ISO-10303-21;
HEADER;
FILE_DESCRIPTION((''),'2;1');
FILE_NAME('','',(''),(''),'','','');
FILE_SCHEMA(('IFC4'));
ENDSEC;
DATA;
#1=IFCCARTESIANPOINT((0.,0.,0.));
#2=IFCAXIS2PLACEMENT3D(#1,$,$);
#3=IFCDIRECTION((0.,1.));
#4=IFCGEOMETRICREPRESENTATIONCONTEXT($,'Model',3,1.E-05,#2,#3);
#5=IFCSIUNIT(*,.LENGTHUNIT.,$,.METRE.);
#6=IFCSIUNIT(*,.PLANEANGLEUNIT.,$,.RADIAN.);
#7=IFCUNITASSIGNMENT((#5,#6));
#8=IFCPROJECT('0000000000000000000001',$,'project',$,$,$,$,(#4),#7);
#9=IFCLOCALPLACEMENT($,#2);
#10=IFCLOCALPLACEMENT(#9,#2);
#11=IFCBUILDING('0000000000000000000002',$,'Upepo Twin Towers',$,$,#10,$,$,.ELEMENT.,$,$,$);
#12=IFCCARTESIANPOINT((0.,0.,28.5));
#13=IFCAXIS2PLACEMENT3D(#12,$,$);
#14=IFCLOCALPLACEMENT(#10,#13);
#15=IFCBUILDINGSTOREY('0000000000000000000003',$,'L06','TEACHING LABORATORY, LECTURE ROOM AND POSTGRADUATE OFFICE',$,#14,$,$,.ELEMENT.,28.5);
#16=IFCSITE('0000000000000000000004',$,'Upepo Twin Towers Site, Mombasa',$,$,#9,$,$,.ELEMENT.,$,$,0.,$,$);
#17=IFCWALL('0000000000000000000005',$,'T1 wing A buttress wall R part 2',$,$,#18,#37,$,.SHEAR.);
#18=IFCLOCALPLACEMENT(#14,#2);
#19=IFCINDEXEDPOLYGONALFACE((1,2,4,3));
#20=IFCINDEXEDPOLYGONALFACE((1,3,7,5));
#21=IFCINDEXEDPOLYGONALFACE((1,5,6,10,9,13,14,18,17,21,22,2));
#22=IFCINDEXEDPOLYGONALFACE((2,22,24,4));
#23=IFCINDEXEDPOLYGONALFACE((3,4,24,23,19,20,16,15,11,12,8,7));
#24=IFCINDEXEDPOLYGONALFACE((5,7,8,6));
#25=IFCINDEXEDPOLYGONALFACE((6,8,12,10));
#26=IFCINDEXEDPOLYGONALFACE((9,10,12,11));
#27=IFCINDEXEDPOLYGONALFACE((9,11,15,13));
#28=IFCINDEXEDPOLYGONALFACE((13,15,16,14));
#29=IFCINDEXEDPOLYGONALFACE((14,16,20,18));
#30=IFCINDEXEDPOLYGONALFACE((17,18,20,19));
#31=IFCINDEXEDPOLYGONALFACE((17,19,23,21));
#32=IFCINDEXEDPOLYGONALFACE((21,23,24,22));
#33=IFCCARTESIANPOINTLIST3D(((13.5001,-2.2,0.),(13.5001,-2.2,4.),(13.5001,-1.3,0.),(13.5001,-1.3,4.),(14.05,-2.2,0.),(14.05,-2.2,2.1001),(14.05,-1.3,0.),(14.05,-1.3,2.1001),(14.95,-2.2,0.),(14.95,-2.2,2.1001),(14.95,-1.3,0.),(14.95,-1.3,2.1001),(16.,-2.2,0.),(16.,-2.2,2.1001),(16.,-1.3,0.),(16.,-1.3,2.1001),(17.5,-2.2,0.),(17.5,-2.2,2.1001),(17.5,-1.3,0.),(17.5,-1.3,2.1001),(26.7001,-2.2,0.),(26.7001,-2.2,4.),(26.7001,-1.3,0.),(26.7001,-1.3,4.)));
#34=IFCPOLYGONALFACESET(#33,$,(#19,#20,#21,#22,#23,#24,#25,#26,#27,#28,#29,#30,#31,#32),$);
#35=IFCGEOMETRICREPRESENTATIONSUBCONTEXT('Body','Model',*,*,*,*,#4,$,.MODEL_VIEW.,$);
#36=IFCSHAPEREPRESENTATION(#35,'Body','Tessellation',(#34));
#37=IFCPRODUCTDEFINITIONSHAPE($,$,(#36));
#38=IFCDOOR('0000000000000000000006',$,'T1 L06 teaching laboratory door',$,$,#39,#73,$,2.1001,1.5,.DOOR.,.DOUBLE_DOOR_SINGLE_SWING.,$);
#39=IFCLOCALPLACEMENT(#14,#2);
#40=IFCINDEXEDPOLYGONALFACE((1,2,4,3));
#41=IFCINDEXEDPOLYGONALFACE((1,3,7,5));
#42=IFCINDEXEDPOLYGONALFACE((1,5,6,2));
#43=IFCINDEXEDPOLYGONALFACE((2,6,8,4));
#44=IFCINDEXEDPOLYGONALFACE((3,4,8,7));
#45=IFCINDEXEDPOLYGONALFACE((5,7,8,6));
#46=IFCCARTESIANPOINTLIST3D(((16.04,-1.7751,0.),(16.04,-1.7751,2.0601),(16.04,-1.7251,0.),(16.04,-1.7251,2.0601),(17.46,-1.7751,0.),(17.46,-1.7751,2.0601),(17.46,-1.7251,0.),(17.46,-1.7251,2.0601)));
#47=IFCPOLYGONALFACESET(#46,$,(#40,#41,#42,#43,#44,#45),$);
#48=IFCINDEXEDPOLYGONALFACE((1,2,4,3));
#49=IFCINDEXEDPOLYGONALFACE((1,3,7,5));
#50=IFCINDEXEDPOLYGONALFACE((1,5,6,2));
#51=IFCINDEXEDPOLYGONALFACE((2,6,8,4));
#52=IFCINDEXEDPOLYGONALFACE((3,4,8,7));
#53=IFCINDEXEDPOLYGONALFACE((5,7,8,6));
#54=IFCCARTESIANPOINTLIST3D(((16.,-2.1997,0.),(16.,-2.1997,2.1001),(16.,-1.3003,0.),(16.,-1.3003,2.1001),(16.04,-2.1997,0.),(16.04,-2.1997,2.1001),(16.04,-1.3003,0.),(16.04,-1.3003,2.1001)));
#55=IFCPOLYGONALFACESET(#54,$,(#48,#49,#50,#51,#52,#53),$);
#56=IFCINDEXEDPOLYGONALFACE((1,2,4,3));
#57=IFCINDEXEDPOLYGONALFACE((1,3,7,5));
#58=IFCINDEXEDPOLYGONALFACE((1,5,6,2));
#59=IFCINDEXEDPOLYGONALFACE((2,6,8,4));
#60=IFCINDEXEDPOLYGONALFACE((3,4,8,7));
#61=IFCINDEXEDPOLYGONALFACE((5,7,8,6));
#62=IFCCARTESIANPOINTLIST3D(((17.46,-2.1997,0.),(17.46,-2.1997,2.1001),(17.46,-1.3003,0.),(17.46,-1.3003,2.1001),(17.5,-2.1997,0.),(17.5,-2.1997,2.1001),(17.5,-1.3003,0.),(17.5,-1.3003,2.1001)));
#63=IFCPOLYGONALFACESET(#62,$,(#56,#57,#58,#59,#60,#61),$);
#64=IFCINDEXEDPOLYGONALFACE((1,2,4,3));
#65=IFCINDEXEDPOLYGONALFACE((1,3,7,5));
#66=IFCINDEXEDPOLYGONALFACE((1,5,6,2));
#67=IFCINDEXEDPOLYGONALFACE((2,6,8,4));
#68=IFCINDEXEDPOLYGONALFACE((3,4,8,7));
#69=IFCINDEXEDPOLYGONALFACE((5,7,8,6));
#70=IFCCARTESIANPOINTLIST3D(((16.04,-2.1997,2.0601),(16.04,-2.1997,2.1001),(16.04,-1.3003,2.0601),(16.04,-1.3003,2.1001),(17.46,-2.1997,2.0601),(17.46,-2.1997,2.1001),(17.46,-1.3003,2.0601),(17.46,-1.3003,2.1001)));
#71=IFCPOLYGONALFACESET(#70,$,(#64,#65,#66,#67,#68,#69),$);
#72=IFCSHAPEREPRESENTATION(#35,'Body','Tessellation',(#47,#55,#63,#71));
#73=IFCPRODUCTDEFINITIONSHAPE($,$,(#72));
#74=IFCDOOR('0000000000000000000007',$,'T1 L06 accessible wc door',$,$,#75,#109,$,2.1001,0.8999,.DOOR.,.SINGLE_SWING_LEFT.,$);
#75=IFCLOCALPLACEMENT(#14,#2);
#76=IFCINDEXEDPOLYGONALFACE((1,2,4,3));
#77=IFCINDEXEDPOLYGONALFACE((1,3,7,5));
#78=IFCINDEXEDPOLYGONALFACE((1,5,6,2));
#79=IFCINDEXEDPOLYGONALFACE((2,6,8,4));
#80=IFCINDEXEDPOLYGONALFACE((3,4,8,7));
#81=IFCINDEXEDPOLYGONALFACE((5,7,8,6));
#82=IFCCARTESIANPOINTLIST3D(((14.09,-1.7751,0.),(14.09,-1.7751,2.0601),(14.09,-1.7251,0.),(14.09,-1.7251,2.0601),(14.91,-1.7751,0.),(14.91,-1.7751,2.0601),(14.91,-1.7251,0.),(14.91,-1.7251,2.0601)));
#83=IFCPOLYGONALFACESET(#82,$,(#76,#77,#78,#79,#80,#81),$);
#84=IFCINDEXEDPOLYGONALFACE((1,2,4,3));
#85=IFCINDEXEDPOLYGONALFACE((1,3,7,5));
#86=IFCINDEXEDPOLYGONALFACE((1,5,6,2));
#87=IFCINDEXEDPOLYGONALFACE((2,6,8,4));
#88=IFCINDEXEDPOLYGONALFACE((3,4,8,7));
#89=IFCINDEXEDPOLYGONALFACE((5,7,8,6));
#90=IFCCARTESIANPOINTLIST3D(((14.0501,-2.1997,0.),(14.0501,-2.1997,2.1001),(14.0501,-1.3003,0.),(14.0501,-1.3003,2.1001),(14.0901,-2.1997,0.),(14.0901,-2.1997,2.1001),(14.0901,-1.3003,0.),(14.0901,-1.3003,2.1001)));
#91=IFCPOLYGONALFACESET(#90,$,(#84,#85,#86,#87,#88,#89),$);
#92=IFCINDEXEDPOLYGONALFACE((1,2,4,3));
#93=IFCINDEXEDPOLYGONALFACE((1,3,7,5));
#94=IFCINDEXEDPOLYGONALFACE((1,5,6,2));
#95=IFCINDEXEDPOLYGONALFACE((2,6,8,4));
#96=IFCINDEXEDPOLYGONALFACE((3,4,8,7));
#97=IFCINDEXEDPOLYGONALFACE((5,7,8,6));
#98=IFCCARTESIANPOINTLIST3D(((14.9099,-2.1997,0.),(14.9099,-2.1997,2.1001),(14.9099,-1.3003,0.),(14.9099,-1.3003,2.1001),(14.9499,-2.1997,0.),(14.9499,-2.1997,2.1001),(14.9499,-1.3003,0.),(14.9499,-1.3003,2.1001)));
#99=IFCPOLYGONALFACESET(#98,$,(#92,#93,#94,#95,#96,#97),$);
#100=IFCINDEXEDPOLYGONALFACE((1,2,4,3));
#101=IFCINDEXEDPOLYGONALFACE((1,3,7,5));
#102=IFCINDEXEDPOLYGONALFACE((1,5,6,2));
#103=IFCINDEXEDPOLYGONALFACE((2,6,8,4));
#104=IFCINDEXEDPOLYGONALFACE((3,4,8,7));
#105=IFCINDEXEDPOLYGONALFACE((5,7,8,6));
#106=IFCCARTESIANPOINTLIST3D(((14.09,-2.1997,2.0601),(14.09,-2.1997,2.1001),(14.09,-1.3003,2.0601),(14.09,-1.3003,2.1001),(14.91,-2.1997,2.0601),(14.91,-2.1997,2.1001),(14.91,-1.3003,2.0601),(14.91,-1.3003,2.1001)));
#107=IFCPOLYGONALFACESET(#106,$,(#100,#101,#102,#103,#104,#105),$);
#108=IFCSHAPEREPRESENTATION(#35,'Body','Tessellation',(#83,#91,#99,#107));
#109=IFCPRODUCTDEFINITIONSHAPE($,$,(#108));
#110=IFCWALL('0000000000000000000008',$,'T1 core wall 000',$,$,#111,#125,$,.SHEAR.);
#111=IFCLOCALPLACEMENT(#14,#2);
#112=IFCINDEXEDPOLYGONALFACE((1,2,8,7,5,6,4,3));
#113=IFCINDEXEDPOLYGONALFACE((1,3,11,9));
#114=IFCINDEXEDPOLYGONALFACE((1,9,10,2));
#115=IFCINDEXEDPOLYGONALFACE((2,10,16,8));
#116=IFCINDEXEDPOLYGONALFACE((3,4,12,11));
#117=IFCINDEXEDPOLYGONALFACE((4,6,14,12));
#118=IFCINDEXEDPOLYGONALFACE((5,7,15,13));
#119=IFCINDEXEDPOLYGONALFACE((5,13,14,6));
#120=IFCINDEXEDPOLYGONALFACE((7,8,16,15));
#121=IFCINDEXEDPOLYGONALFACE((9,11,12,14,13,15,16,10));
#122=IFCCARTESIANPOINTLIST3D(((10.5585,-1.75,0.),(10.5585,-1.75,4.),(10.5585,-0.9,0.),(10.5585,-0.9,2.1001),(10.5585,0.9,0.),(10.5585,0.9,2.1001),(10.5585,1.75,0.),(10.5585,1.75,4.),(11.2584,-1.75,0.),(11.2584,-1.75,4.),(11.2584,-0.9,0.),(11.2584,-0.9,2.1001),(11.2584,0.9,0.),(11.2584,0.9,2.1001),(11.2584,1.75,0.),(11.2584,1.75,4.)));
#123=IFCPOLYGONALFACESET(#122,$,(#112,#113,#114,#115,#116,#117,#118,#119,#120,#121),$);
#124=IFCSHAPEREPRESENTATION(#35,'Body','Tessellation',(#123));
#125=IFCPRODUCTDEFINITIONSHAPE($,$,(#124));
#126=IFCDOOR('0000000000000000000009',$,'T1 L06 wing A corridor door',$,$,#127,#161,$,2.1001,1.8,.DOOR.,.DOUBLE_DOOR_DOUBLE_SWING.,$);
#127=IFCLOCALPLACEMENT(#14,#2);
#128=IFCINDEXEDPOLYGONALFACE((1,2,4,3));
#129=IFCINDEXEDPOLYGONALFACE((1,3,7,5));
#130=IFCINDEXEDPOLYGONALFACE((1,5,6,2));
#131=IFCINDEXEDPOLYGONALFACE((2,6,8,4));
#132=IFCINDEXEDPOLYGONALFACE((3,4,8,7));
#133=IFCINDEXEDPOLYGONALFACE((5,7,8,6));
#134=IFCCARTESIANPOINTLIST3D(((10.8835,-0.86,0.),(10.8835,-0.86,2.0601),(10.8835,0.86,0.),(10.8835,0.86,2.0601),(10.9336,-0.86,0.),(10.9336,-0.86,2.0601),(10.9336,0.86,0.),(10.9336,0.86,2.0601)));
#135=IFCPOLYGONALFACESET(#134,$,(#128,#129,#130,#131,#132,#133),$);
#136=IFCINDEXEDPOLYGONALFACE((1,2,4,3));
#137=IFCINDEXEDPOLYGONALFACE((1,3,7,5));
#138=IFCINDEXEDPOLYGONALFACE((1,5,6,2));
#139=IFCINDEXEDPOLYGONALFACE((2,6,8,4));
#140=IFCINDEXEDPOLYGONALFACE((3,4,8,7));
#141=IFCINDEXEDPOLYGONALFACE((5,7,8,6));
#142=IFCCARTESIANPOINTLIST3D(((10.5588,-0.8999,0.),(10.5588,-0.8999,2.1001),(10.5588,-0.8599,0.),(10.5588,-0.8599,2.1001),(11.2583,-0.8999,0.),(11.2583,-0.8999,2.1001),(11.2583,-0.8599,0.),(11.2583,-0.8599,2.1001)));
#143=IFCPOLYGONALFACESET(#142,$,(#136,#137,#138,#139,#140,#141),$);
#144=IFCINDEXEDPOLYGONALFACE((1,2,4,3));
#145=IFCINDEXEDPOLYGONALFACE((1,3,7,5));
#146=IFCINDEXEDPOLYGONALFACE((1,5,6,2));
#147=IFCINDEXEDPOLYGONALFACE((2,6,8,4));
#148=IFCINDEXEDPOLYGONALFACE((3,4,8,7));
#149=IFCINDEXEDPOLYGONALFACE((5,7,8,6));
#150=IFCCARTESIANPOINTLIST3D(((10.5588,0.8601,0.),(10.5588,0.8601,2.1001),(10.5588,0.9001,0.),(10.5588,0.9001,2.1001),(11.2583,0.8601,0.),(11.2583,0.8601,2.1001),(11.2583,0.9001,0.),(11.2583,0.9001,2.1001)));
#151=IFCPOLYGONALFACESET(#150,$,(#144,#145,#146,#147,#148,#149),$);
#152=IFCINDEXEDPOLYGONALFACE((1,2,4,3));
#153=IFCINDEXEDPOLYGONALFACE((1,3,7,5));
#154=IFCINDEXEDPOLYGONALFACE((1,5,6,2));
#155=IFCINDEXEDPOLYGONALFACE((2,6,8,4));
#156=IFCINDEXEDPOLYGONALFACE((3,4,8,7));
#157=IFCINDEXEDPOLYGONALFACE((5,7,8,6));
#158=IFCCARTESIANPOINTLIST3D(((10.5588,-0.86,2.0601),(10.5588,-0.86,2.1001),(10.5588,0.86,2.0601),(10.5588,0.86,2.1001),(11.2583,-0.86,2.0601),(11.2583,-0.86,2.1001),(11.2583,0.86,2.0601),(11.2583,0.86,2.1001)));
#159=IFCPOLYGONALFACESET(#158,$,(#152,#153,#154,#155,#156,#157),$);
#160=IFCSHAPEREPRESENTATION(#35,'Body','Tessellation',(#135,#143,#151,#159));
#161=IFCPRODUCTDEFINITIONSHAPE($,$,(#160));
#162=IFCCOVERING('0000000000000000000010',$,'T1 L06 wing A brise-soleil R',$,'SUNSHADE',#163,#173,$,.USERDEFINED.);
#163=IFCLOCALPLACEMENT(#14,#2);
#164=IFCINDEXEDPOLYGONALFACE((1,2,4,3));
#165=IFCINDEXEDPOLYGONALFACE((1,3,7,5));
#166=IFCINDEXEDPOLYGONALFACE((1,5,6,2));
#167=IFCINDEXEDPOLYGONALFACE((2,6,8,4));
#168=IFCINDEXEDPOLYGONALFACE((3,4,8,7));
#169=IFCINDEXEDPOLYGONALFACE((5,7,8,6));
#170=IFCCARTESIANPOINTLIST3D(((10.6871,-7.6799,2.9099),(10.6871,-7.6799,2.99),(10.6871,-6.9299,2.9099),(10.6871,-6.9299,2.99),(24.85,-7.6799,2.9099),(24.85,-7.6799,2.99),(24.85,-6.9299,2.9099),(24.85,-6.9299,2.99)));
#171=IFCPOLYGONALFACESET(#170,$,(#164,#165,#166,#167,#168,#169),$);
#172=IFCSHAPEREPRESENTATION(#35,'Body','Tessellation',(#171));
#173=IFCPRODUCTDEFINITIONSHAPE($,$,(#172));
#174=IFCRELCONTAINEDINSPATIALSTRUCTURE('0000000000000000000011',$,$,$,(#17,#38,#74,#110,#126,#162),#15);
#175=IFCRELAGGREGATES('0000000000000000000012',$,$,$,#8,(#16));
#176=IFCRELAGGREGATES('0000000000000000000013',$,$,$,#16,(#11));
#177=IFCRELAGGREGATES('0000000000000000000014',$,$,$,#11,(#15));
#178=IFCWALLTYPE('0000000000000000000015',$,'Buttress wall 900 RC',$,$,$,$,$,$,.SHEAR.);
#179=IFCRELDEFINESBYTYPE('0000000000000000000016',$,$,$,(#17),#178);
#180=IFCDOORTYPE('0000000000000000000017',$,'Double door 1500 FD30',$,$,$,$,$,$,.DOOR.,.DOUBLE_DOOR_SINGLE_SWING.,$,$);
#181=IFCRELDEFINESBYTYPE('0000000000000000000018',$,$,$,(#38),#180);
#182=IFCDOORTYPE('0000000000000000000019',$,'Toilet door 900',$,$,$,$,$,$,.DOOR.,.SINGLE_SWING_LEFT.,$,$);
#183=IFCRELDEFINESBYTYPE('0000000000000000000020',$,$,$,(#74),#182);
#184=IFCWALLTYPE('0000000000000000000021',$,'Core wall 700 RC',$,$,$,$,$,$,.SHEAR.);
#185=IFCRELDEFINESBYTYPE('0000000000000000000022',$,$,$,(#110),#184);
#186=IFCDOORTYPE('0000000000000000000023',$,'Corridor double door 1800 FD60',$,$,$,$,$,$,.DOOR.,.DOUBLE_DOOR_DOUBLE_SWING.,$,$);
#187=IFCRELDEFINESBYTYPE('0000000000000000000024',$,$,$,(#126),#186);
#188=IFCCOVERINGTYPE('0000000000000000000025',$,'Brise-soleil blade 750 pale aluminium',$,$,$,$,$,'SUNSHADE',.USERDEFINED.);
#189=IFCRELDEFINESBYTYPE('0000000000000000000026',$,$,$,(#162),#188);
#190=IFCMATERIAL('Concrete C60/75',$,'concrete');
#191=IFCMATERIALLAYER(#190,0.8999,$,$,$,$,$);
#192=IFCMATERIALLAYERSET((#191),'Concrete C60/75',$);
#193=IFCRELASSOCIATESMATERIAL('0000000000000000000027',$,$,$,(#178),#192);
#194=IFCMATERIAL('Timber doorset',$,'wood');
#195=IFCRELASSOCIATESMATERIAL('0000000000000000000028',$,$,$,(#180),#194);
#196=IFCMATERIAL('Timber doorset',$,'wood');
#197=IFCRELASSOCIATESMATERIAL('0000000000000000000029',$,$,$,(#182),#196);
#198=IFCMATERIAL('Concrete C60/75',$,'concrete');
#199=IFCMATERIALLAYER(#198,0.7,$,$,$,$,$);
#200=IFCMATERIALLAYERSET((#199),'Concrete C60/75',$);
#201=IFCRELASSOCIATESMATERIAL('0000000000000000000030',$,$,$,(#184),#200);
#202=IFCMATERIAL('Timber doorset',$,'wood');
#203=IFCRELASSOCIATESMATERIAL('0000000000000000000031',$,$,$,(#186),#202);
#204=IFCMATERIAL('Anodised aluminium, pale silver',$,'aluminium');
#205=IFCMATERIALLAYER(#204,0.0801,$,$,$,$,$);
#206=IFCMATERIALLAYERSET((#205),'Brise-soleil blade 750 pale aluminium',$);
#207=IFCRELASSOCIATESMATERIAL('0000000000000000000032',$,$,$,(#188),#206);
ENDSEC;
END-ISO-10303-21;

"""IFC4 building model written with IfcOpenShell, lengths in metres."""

from ifc_helpers import new_model, si_unit, direction, frame, frame_2d, origin, origin_2d, place, context, subcontext, project, spatial, rectangle, extrude, material, layer, layer_set, type_object, element, fill, save


model = new_model("IFC4")

# Units and contexts
model_context = context("Model", 3, precision=1e-05, world=origin(), true_north=direction((0.0, 1.0)))
body_context = subcontext(model_context, "Body", "Model", "MODEL_VIEW")
ifc_project = project(units=[si_unit("LENGTHUNIT", "METRE"), si_unit("PLANEANGLEUNIT", "RADIAN")], contexts=[model_context])

# Site, building, storey
site_placement = place(None, origin())
site = spatial("IfcSite", under=ifc_project, at=site_placement, Name="Upepo Twin Towers Site, Mombasa", CompositionType="ELEMENT", RefElevation=0.0)
building_placement = place(site_placement, origin())
building = spatial("IfcBuilding", under=site, at=building_placement, Name="Upepo Twin Towers", CompositionType="ELEMENT")
storey_placement = place(building_placement, frame((0.0, 0.0, 28.5)))
storey = spatial("IfcBuildingStorey", under=building, at=storey_placement, Name="L06", Description="TEACHING LABORATORY, LECTURE ROOM AND POSTGRADUATE OFFICE", CompositionType="ELEMENT", Elevation=28.5)

# Wall, openings, doors
ifc_material_1 = material(Name="Concrete C60/75", Category="concrete")
ifc_layer_1 = layer(ifc_material_1, 0.8999)
ifc_layer_set_1 = layer_set([ifc_layer_1], Name="Concrete C60/75")
wall_type_1 = type_object("IfcWallType", Name="Buttress wall 900 RC", PredefinedType="SHEAR", material=ifc_layer_set_1)
wall_1_placement = place(storey_placement, frame((13.5, -1.75, 0.0), z_axis=(0.0, 0.0, 1.0), x_axis=(1.0, 0.0, 0.0)))
wall_1 = element("IfcWall", 1, at=wall_1_placement, inside=storey, type_object=wall_type_1, Name="T1 wing A buttress wall R part 2", PredefinedType="SHEAR", context=body_context, shape_type="SweptSolid", body=[
    extrude(rectangle(XDim=13.2, YDim=0.8999, at=frame_2d((6.6001, 0.0))), origin(), (0.0, 0.0, 1.0), 4.0),
])
opening_1_placement = place(wall_1_placement, frame((0.55, 0.0, 0.0)))
opening_1 = element("IfcOpeningElement", 2, at=opening_1_placement, cuts=wall_1, PredefinedType="OPENING", context=body_context, shape_type="SweptSolid", body=[
    extrude(rectangle(XDim=0.8999, YDim=2.1001, at=frame_2d((0.45, 1.05))), frame((0.0, 0.46, 0.0), z_axis=(0.0, -1.0, 0.0), x_axis=(1.0, 0.0, 0.0)), (0.0, 0.0, 1.0), 0.9199),
])
opening_2_placement = place(wall_1_placement, frame((2.5, 0.0, 0.0)))
opening_2 = element("IfcOpeningElement", 3, at=opening_2_placement, cuts=wall_1, PredefinedType="OPENING", context=body_context, shape_type="SweptSolid", body=[
    extrude(rectangle(XDim=1.5, YDim=2.1001, at=frame_2d((0.75, 1.05))), frame((0.0, 0.46, 0.0), z_axis=(0.0, -1.0, 0.0), x_axis=(1.0, 0.0, 0.0)), (0.0, 0.0, 1.0), 0.9199),
])
ifc_material_2 = material(Name="Timber doorset", Category="wood")
door_type_1 = type_object("IfcDoorType", Name="Double door 1500 FD30", OperationType="DOUBLE_DOOR_SINGLE_SWING", PredefinedType="DOOR", material=ifc_material_2)
door_1_placement = place(opening_2_placement, origin())
door_1 = element("IfcDoor", 4, at=door_1_placement, inside=storey, type_object=door_type_1, Name="T1 L06 teaching laboratory door", OperationType="DOUBLE_DOOR_SINGLE_SWING", OverallHeight=2.1001, OverallWidth=1.5, PredefinedType="DOOR", context=body_context, shape_type="SweptSolid", body=[
    extrude(rectangle(XDim=1.42, YDim=2.0601, at=frame_2d((0.75, 1.03))), frame((0.0, 0.0249, 0.0), z_axis=(0.0, -1.0, 0.0), x_axis=(1.0, 0.0, 0.0)), (0.0, 0.0, 1.0), 0.05),
    extrude(rectangle(XDim=0.04, YDim=2.1001, at=frame_2d((0.02, 1.05))), frame((0.0, 0.4497, 0.0), z_axis=(0.0, -1.0, 0.0), x_axis=(1.0, 0.0, 0.0)), (0.0, 0.0, 1.0), 0.8994),
    extrude(rectangle(XDim=0.04, YDim=2.1001, at=frame_2d((1.48, 1.05))), frame((0.0, 0.4497, 0.0), z_axis=(0.0, -1.0, 0.0), x_axis=(1.0, 0.0, 0.0)), (0.0, 0.0, 1.0), 0.8994),
    extrude(rectangle(XDim=1.42, YDim=0.04, at=frame_2d((0.75, 2.0801))), frame((0.0, 0.4497, 0.0), z_axis=(0.0, -1.0, 0.0), x_axis=(1.0, 0.0, 0.0)), (0.0, 0.0, 1.0), 0.8994),
])
fill(opening_2, door_1)
ifc_material_3 = material(Name="Timber doorset", Category="wood")
door_type_2 = type_object("IfcDoorType", Name="Toilet door 900", OperationType="SINGLE_SWING_LEFT", PredefinedType="DOOR", material=ifc_material_3)
door_2_placement = place(opening_1_placement, origin())
door_2 = element("IfcDoor", 5, at=door_2_placement, inside=storey, type_object=door_type_2, Name="T1 L06 accessible wc door", OperationType="SINGLE_SWING_LEFT", OverallHeight=2.1001, OverallWidth=0.8999, PredefinedType="DOOR", context=body_context, shape_type="SweptSolid", body=[
    extrude(rectangle(XDim=0.8199, YDim=2.0601, at=frame_2d((0.45, 1.03))), frame((0.0, 0.0249, 0.0), z_axis=(0.0, -1.0, 0.0), x_axis=(1.0, 0.0, 0.0)), (0.0, 0.0, 1.0), 0.05),
    extrude(rectangle(XDim=0.04, YDim=2.1001, at=frame_2d((0.02, 1.05))), frame((0.0, 0.4497, 0.0), z_axis=(0.0, -1.0, 0.0), x_axis=(1.0, 0.0, 0.0)), (0.0, 0.0, 1.0), 0.8994),
    extrude(rectangle(XDim=0.04, YDim=2.1001, at=frame_2d((0.8799, 1.05))), frame((0.0, 0.4497, 0.0), z_axis=(0.0, -1.0, 0.0), x_axis=(1.0, 0.0, 0.0)), (0.0, 0.0, 1.0), 0.8994),
    extrude(rectangle(XDim=0.8199, YDim=0.04, at=frame_2d((0.45, 2.0801))), frame((0.0, 0.4497, 0.0), z_axis=(0.0, -1.0, 0.0), x_axis=(1.0, 0.0, 0.0)), (0.0, 0.0, 1.0), 0.8994),
])
fill(opening_1, door_2)

# Wall, opening, door
ifc_material_4 = material(Name="Concrete C60/75", Category="concrete")
ifc_layer_2 = layer(ifc_material_4, 0.7)
ifc_layer_set_2 = layer_set([ifc_layer_2], Name="Concrete C60/75")
wall_type_2 = type_object("IfcWallType", Name="Core wall 700 RC", PredefinedType="SHEAR", material=ifc_layer_set_2)
wall_2_placement = place(storey_placement, frame((10.9084, -1.75, 0.0), z_axis=(0.0, 0.0, 1.0), x_axis=(0.0, 1.0, 0.0)))
wall_2 = element("IfcWall", 6, at=wall_2_placement, inside=storey, type_object=wall_type_2, Name="T1 core wall 000", PredefinedType="SHEAR", context=body_context, shape_type="SweptSolid", body=[
    extrude(rectangle(XDim=3.5, YDim=0.7, at=frame_2d((1.75, 0.0))), origin(), (0.0, 0.0, 1.0), 4.0),
])
opening_3_placement = place(wall_2_placement, frame((0.8501, 0.0, 0.0)))
opening_3 = element("IfcOpeningElement", 7, at=opening_3_placement, cuts=wall_2, PredefinedType="OPENING", context=body_context, shape_type="SweptSolid", body=[
    extrude(rectangle(XDim=1.8, YDim=2.1001, at=frame_2d((0.8999, 1.05))), frame((0.0, 0.3599, 0.0), z_axis=(0.0, -1.0, 0.0), x_axis=(1.0, 0.0, 0.0)), (0.0, 0.0, 1.0), 0.72),
])
ifc_material_5 = material(Name="Timber doorset", Category="wood")
door_type_3 = type_object("IfcDoorType", Name="Corridor double door 1800 FD60", OperationType="DOUBLE_DOOR_DOUBLE_SWING", PredefinedType="DOOR", material=ifc_material_5)
door_3_placement = place(opening_3_placement, origin())
door_3 = element("IfcDoor", 8, at=door_3_placement, inside=storey, type_object=door_type_3, Name="T1 L06 wing A corridor door", OperationType="DOUBLE_DOOR_DOUBLE_SWING", OverallHeight=2.1001, OverallWidth=1.8, PredefinedType="DOOR", context=body_context, shape_type="SweptSolid", body=[
    extrude(rectangle(XDim=1.72, YDim=2.0601, at=frame_2d((0.8999, 1.03))), frame((0.0, 0.0249, 0.0), z_axis=(0.0, -1.0, 0.0), x_axis=(1.0, 0.0, 0.0)), (0.0, 0.0, 1.0), 0.05),
    extrude(rectangle(XDim=0.04, YDim=2.1001, at=frame_2d((0.02, 1.05))), frame((0.0, 0.3496, 0.0), z_axis=(0.0, -1.0, 0.0), x_axis=(1.0, 0.0, 0.0)), (0.0, 0.0, 1.0), 0.6995),
    extrude(rectangle(XDim=0.04, YDim=2.1001, at=frame_2d((1.78, 1.05))), frame((0.0, 0.3496, 0.0), z_axis=(0.0, -1.0, 0.0), x_axis=(1.0, 0.0, 0.0)), (0.0, 0.0, 1.0), 0.6995),
    extrude(rectangle(XDim=1.72, YDim=0.04, at=frame_2d((0.8999, 2.0801))), frame((0.0, 0.3496, 0.0), z_axis=(0.0, -1.0, 0.0), x_axis=(1.0, 0.0, 0.0)), (0.0, 0.0, 1.0), 0.6995),
])
fill(opening_3, door_3)

# Covering
ifc_material_6 = material(Name="Anodised aluminium, pale silver", Category="aluminium")
ifc_layer_3 = layer(ifc_material_6, 0.0801)
ifc_layer_set_3 = layer_set([ifc_layer_3], Name="Brise-soleil blade 750 pale aluminium")
covering_type = type_object("IfcCoveringType", Name="Brise-soleil blade 750 pale aluminium", ElementType="SUNSHADE", PredefinedType="USERDEFINED", material=ifc_layer_set_3)
covering_placement = place(storey_placement, frame((17.7686, -7.3049, 2.9099), z_axis=(0.0, 0.0, 1.0), x_axis=(1.0, 0.0, 0.0)))
element("IfcCovering", 9, at=covering_placement, inside=storey, type_object=covering_type, Name="T1 L06 wing A brise-soleil R", ObjectType="SUNSHADE", PredefinedType="USERDEFINED", context=body_context, shape_type="SweptSolid", body=[
    extrude(rectangle(XDim=14.1628, YDim=0.75, at=origin_2d()), origin(), (0.0, 0.0, 1.0), 0.0801),
])

save(model, "model.ifc")
